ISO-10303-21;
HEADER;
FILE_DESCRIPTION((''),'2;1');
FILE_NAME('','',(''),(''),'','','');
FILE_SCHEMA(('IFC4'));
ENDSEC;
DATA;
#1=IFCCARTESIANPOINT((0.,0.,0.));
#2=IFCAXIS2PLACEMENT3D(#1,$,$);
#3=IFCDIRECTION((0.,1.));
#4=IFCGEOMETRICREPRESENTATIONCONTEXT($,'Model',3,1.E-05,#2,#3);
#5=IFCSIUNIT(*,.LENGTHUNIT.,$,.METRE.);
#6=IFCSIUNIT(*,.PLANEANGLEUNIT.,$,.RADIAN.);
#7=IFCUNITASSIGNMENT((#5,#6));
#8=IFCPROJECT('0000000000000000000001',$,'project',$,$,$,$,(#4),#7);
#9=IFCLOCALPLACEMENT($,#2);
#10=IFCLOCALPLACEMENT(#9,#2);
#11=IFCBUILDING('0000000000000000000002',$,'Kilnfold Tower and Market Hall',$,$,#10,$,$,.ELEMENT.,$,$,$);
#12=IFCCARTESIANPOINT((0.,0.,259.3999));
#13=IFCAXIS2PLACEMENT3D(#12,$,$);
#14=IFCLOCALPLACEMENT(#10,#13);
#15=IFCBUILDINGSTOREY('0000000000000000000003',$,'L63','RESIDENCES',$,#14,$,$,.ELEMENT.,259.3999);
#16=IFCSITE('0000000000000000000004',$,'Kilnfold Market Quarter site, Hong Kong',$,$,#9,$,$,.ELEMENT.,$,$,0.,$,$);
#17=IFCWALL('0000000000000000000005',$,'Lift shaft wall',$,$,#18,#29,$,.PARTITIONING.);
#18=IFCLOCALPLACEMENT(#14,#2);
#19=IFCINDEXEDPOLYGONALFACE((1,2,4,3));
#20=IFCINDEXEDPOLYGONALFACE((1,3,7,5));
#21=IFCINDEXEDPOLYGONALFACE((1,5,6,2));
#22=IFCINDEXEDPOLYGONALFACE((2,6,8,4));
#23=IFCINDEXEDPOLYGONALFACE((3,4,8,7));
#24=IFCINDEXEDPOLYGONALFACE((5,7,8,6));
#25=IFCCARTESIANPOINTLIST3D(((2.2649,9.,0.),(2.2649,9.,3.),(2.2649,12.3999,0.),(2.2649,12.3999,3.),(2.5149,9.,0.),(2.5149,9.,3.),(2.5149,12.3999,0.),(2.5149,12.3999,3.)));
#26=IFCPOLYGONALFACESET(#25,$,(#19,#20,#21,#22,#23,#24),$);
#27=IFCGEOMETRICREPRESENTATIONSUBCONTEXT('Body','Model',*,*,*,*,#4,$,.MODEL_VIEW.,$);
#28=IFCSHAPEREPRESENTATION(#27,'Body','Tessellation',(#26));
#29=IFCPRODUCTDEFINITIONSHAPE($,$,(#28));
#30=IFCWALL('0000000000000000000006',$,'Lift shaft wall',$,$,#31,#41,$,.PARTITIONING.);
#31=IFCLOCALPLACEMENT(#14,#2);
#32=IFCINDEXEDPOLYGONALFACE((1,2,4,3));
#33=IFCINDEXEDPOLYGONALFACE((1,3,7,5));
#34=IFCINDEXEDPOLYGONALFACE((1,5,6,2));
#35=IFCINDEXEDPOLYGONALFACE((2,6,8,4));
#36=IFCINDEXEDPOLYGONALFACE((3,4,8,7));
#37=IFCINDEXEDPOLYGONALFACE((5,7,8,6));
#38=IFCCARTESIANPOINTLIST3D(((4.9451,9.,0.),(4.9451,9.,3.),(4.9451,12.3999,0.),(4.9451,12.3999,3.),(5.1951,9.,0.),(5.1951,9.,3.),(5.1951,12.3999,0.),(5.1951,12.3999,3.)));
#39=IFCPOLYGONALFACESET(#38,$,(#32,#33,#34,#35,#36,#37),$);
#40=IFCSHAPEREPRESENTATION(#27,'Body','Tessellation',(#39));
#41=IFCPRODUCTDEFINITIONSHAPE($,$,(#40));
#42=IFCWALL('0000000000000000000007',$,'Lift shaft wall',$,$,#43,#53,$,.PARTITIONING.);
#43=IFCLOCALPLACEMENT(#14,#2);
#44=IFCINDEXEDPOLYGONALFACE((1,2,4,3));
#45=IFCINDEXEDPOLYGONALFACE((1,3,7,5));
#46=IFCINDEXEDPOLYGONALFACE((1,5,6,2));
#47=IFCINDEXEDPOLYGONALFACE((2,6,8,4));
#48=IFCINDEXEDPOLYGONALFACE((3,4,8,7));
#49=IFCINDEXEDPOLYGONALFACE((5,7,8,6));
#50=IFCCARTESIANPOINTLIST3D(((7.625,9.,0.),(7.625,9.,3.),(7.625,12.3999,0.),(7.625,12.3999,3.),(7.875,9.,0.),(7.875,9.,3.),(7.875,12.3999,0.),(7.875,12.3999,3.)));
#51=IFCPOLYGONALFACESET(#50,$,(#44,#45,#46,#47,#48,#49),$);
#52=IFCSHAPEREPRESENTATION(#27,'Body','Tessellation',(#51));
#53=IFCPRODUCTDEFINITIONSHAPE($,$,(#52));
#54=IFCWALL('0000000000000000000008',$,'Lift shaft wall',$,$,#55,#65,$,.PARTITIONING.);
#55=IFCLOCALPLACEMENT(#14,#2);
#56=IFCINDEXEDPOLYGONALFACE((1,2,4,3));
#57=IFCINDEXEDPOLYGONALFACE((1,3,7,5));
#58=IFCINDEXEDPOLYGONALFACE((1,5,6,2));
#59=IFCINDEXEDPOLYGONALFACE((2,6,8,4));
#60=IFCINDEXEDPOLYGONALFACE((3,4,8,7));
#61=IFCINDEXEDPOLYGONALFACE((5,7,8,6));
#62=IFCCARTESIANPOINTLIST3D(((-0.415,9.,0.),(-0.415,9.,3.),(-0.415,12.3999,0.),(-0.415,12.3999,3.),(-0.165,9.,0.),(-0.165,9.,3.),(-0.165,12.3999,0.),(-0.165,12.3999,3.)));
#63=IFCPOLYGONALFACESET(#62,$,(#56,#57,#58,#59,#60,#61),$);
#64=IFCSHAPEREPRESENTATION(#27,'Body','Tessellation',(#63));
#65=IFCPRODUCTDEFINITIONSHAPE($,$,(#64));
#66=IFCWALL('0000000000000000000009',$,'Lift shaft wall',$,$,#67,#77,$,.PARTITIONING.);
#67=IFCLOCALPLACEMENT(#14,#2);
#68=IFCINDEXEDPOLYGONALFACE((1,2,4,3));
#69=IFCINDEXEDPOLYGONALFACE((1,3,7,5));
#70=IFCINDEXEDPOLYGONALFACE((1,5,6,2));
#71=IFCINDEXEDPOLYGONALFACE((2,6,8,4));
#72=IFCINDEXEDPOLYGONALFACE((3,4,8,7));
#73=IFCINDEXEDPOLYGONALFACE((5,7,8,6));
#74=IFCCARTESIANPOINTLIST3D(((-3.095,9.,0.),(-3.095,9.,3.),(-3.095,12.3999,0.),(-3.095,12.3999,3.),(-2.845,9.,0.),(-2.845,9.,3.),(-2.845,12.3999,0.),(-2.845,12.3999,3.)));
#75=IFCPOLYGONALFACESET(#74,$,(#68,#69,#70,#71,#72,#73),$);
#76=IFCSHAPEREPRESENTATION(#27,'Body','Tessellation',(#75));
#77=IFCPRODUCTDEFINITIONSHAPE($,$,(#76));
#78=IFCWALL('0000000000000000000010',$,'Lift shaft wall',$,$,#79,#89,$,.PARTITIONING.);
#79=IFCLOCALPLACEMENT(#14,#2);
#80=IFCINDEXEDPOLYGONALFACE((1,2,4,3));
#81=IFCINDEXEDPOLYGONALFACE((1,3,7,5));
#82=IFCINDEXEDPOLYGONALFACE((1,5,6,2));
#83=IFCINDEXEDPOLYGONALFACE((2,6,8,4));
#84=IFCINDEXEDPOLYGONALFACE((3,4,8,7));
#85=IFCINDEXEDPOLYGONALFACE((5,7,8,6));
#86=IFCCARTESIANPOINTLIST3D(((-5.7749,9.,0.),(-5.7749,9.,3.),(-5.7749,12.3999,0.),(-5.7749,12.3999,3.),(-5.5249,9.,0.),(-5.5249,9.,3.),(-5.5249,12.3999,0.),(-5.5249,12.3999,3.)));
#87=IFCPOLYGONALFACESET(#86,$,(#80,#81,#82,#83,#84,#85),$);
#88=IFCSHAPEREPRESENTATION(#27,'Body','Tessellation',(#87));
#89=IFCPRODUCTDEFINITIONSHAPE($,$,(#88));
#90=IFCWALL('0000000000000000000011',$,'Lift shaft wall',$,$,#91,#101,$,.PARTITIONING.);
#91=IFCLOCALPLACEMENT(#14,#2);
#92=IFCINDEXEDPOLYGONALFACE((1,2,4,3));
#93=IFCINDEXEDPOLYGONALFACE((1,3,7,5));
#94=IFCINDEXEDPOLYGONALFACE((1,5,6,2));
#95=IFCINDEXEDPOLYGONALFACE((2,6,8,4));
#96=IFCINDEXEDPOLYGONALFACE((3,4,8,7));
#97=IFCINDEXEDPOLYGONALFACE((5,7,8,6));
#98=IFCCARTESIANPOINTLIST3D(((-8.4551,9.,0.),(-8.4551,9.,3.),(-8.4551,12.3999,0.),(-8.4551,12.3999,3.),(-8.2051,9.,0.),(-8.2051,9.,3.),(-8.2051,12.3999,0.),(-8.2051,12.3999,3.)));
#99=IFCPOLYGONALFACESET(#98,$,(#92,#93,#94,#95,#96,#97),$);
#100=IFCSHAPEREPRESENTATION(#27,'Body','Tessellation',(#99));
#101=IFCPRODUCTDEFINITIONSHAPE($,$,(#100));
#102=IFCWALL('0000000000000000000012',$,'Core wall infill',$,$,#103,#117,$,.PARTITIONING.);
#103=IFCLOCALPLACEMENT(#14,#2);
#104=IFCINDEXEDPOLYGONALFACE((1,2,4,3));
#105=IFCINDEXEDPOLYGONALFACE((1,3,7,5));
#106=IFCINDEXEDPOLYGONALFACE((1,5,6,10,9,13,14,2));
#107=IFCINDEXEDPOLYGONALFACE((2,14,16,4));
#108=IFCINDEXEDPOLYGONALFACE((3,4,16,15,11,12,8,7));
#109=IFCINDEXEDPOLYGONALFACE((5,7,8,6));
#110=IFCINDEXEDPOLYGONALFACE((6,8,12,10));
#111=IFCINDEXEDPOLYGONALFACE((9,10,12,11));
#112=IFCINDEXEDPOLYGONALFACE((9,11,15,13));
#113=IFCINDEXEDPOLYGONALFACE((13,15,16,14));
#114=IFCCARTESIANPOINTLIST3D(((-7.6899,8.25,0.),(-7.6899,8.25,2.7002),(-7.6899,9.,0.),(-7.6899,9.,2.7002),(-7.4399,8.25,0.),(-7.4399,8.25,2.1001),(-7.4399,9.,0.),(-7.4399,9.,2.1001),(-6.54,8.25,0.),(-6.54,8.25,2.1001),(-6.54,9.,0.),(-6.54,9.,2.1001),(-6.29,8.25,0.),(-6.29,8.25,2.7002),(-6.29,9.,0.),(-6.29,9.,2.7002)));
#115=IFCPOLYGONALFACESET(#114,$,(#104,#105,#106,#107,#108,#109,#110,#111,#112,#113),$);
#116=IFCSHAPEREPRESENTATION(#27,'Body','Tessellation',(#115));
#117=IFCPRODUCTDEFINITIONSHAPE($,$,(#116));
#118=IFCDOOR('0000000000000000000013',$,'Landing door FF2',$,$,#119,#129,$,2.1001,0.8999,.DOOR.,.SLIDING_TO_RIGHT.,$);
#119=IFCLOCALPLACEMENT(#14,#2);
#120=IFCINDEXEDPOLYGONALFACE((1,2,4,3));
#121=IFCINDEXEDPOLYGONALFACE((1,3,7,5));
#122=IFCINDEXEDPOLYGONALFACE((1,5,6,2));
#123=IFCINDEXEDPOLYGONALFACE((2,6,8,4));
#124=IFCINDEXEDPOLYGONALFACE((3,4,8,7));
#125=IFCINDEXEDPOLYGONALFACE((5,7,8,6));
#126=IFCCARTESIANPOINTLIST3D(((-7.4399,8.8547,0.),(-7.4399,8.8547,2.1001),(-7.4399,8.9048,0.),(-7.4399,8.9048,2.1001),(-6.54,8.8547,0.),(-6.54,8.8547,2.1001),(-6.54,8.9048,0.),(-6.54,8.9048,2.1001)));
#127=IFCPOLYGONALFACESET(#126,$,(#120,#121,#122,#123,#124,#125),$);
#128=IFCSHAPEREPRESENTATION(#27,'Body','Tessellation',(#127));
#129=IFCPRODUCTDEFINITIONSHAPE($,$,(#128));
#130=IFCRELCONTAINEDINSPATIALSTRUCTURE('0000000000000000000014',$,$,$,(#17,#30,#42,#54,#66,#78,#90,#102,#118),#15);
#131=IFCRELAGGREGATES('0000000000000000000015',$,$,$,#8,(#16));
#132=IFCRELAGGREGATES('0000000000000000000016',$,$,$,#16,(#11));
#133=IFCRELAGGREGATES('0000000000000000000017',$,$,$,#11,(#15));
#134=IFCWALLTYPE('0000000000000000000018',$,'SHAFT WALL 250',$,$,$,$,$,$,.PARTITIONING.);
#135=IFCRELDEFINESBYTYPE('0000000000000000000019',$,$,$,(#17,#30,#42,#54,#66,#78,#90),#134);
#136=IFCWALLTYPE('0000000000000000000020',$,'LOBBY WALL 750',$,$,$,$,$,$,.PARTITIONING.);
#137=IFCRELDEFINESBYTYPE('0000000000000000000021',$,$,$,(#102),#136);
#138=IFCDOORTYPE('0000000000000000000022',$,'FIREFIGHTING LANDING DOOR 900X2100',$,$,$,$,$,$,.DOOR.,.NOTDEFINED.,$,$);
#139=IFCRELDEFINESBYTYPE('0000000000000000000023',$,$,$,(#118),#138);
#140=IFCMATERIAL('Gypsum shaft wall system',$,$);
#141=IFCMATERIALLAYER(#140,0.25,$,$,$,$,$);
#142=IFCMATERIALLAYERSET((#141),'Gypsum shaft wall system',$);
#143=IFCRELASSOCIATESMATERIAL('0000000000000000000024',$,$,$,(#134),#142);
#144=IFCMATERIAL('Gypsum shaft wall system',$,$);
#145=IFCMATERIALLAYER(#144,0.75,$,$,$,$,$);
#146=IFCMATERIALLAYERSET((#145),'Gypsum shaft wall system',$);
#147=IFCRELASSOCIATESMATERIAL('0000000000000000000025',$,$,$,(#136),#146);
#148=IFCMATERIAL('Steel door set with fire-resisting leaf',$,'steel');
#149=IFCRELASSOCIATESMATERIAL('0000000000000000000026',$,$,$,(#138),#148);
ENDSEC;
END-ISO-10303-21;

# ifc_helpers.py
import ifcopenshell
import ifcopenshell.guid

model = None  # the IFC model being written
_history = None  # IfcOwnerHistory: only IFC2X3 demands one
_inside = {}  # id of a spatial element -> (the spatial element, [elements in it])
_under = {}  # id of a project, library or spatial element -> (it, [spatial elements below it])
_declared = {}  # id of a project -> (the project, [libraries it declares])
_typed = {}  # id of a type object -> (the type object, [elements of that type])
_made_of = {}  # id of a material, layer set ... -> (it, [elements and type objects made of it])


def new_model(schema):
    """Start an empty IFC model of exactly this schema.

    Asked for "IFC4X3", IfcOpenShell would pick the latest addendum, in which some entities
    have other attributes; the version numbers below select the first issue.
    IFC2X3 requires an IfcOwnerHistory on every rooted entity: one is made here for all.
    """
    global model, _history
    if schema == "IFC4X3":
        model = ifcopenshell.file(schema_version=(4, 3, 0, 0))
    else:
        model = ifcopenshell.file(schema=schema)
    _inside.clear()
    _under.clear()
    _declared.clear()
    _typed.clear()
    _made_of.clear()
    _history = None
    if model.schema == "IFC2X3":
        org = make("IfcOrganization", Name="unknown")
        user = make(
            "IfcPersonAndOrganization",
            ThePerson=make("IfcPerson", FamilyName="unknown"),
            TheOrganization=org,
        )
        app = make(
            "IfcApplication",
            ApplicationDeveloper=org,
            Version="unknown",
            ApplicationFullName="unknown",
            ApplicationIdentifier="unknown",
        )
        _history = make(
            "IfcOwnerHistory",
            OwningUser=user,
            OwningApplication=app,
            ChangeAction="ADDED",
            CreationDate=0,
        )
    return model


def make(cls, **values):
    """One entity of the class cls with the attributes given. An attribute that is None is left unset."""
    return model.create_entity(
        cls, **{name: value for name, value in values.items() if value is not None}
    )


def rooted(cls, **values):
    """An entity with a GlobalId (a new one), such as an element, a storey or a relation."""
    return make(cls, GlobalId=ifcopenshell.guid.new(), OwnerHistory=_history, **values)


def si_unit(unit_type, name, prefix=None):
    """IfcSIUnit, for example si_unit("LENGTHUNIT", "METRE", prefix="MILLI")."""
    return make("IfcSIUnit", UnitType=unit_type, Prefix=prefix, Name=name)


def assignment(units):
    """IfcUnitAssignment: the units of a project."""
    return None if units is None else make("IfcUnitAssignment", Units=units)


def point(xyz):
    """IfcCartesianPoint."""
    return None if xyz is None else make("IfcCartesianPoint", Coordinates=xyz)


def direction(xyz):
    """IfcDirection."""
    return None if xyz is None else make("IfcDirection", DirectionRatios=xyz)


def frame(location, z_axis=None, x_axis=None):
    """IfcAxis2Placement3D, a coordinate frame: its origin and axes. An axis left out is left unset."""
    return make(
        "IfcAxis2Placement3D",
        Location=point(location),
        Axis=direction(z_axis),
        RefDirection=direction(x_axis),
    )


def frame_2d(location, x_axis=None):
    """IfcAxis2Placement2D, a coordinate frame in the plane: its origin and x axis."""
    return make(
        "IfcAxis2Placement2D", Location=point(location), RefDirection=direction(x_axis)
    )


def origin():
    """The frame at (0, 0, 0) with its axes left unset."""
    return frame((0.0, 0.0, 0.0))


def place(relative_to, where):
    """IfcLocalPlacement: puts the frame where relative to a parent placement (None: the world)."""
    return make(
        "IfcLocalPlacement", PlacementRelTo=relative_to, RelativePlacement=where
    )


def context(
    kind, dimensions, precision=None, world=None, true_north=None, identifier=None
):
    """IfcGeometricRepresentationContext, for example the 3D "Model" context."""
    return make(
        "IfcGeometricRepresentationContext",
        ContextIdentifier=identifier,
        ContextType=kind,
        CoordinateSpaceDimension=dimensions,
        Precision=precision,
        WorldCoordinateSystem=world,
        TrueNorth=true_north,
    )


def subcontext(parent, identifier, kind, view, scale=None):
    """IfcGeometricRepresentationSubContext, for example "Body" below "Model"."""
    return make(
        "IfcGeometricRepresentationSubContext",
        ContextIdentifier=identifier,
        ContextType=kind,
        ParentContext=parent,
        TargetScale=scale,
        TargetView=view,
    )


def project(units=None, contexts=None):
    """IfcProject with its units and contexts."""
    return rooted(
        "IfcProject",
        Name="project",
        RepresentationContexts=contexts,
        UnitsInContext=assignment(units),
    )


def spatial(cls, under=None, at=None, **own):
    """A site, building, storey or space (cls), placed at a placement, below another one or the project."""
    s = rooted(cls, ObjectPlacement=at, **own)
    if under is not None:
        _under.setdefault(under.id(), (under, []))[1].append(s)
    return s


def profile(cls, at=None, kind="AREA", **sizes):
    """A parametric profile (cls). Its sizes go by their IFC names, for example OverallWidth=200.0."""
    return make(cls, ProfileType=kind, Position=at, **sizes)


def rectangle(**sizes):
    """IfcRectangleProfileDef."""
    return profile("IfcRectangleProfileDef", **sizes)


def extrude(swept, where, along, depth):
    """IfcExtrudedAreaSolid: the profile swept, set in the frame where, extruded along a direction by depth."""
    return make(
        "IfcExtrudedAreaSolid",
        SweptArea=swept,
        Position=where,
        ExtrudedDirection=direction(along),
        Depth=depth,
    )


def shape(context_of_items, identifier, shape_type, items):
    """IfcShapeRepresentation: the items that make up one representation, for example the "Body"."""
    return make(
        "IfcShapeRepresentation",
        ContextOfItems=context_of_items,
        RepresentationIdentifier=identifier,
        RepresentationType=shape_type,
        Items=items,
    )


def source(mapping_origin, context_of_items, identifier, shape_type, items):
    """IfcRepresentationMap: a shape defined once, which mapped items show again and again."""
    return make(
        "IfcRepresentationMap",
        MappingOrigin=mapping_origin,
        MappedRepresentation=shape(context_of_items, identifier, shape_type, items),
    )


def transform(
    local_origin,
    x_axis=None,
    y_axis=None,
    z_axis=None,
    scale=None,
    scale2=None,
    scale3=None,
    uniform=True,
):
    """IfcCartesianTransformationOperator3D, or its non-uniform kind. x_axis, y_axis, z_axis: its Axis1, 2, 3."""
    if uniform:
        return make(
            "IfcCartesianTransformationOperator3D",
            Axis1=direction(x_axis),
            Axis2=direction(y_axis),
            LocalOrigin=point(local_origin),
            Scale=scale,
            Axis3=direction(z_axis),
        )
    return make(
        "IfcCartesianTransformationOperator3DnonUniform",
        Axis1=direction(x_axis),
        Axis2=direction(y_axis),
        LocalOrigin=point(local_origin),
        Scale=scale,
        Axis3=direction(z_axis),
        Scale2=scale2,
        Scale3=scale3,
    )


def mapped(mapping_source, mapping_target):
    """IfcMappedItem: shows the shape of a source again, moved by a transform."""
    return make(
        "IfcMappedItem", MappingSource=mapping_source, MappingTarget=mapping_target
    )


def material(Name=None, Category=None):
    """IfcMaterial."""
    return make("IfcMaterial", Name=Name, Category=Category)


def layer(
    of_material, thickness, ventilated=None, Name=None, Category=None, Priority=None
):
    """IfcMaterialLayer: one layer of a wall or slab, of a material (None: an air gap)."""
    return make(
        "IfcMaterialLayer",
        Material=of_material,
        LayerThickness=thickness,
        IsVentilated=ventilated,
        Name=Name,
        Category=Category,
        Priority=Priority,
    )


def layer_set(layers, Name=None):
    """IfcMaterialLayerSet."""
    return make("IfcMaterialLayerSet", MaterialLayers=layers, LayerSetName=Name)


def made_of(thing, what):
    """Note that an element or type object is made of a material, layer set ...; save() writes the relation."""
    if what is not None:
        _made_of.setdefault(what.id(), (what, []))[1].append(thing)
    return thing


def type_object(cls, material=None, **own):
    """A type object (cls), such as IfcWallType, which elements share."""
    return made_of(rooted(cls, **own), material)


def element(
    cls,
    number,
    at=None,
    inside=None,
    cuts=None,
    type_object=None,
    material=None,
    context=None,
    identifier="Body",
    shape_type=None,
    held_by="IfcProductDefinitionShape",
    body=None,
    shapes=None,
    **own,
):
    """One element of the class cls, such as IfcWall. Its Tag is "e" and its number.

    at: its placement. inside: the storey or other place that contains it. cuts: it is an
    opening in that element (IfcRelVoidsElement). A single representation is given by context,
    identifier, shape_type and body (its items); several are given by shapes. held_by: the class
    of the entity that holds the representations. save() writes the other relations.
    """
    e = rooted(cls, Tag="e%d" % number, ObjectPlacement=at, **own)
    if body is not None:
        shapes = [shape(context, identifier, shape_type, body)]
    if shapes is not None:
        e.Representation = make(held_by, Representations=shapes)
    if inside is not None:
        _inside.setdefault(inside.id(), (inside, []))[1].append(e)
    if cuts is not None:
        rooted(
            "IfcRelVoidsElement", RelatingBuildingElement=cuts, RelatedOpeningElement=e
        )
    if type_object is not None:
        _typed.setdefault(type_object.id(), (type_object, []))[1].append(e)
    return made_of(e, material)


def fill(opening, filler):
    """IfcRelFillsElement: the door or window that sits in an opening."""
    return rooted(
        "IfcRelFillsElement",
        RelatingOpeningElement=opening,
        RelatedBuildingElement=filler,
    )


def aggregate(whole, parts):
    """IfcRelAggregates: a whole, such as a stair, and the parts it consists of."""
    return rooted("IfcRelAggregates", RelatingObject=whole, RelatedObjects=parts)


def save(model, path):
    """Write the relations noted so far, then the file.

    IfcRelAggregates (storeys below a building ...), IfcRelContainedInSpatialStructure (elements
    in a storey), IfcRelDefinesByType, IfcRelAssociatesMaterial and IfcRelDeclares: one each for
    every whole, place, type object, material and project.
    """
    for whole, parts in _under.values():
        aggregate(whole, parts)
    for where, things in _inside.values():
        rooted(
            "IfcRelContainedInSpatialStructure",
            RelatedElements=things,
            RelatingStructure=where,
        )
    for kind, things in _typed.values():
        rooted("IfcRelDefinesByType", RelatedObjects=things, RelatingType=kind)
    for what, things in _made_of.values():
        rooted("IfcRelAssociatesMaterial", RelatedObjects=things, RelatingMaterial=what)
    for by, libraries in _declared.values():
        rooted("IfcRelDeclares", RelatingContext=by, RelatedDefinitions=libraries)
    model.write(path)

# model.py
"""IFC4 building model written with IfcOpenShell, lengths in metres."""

from ifc_helpers import new_model, si_unit, direction, frame, frame_2d, origin, place, context, subcontext, project, spatial, rectangle, extrude, source, transform, mapped, material, layer, layer_set, type_object, element, fill, save


model = new_model("IFC4")

# Units and contexts
model_context = context("Model", 3, precision=1e-05, world=origin(), true_north=direction((0.0, 1.0)))
body_context = subcontext(model_context, "Body", "Model", "MODEL_VIEW")
ifc_project = project(units=[si_unit("LENGTHUNIT", "METRE"), si_unit("PLANEANGLEUNIT", "RADIAN")], contexts=[model_context])

# Site, building, storey
site_placement = place(None, origin())
site = spatial("IfcSite", under=ifc_project, at=site_placement, Name="Kilnfold Market Quarter site, Hong Kong", CompositionType="ELEMENT", RefElevation=0.0)
building_placement = place(site_placement, origin())
building = spatial("IfcBuilding", under=site, at=building_placement, Name="Kilnfold Tower and Market Hall", CompositionType="ELEMENT")
storey_placement = place(building_placement, frame((0.0, 0.0, 259.3999)))
storey = spatial("IfcBuildingStorey", under=building, at=storey_placement, Name="L63", Description="RESIDENCES", CompositionType="ELEMENT", Elevation=259.3999)

# Walls
ifc_material_1 = material(Name="Gypsum shaft wall system")
ifc_layer_1 = layer(ifc_material_1, 0.25)
ifc_layer_set_1 = layer_set([ifc_layer_1], Name="Gypsum shaft wall system")
wall_type_1 = type_object("IfcWallType", Name="SHAFT WALL 250", PredefinedType="PARTITIONING", material=ifc_layer_set_1)
shared_shape_1 = source(origin(), body_context, "Body", "SweptSolid", [
    extrude(rectangle(XDim=3.3999, YDim=0.25, at=frame_2d((1.7, 0.0))), origin(), (0.0, 0.0, 1.0), 3.0),
])
for number, where, z_axis, x_axis, name in (
    (1, (2.3899, 9.0, 0.0), (0.0, 0.0, 1.0), (0.0, 1.0, 0.0), "Lift shaft wall"),
    (2, (5.0701, 9.0, 0.0), (0.0, 0.0, 1.0), (0.0, 1.0, 0.0), "Lift shaft wall"),
    (3, (7.75, 9.0, 0.0), (0.0, 0.0, 1.0), (0.0, 1.0, 0.0), "Lift shaft wall"),
    (4, (-0.29, 9.0, 0.0), (0.0, 0.0, 1.0), (0.0, 1.0, 0.0), "Lift shaft wall"),
    (5, (-2.97, 9.0, 0.0), (0.0, 0.0, 1.0), (0.0, 1.0, 0.0), "Lift shaft wall"),
    (6, (-5.6499, 9.0, 0.0), (0.0, 0.0, 1.0), (0.0, 1.0, 0.0), "Lift shaft wall"),
    (7, (-8.3301, 9.0, 0.0), (0.0, 0.0, 1.0), (0.0, 1.0, 0.0), "Lift shaft wall"),
):
    element("IfcWall", number, at=place(storey_placement, frame(where, z_axis=z_axis, x_axis=x_axis)), inside=storey, type_object=wall_type_1, Name=name, PredefinedType="PARTITIONING", context=body_context, shape_type="MappedRepresentation", body=[
        mapped(shared_shape_1, transform((0.0, 0.0, 0.0))),
    ])

# Wall, opening, door
ifc_material_2 = material(Name="Gypsum shaft wall system")
ifc_layer_2 = layer(ifc_material_2, 0.75)
ifc_layer_set_2 = layer_set([ifc_layer_2], Name="Gypsum shaft wall system")
wall_type_2 = type_object("IfcWallType", Name="LOBBY WALL 750", PredefinedType="PARTITIONING", material=ifc_layer_set_2)
shared_shape_2 = source(origin(), body_context, "Body", "SweptSolid", [
    extrude(rectangle(XDim=1.3999, YDim=0.75, at=frame_2d((0.7, 0.0))), origin(), (0.0, 0.0, 1.0), 2.7002),
])
wall_1_placement = place(storey_placement, frame((-7.6899, 8.625, 0.0), z_axis=(0.0, 0.0, 1.0), x_axis=(1.0, 0.0, 0.0)))
wall_1 = element("IfcWall", 8, at=wall_1_placement, inside=storey, type_object=wall_type_2, Name="Core wall infill", PredefinedType="PARTITIONING", context=body_context, shape_type="MappedRepresentation", body=[
    mapped(shared_shape_2, transform((0.0, 0.0, 0.0))),
])
opening_1_placement = place(wall_1_placement, frame((0.25, 0.0, 0.0)))
opening_1 = element("IfcOpeningElement", 9, at=opening_1_placement, cuts=wall_1, PredefinedType="OPENING", context=body_context, shape_type="SweptSolid", body=[
    extrude(rectangle(XDim=0.8999, YDim=2.1001, at=frame_2d((0.45, 1.05))), frame((0.0, 0.385, 0.0), z_axis=(0.0, -1.0, 0.0), x_axis=(1.0, 0.0, 0.0)), (0.0, 0.0, 1.0), 0.77),
])
ifc_material_3 = material(Name="Steel door set with fire-resisting leaf", Category="steel")
door_type_1 = type_object("IfcDoorType", Name="FIREFIGHTING LANDING DOOR 900X2100", OperationType="NOTDEFINED", PredefinedType="DOOR", material=ifc_material_3)
door_1_placement = place(opening_1_placement, origin())
door_1 = element("IfcDoor", 10, at=door_1_placement, inside=storey, type_object=door_type_1, Name="Landing door FF2", OperationType="SLIDING_TO_RIGHT", OverallHeight=2.1001, OverallWidth=0.8999, PredefinedType="DOOR", context=body_context, shape_type="SweptSolid", body=[
    extrude(rectangle(XDim=0.8999, YDim=2.1001, at=frame_2d((0.45, 1.05))), frame((0.0, 0.2798, 0.0), z_axis=(0.0, -1.0, 0.0), x_axis=(1.0, 0.0, 0.0)), (0.0, 0.0, 1.0), 0.05),
])
fill(opening_1, door_1)

save(model, "model.ifc")
